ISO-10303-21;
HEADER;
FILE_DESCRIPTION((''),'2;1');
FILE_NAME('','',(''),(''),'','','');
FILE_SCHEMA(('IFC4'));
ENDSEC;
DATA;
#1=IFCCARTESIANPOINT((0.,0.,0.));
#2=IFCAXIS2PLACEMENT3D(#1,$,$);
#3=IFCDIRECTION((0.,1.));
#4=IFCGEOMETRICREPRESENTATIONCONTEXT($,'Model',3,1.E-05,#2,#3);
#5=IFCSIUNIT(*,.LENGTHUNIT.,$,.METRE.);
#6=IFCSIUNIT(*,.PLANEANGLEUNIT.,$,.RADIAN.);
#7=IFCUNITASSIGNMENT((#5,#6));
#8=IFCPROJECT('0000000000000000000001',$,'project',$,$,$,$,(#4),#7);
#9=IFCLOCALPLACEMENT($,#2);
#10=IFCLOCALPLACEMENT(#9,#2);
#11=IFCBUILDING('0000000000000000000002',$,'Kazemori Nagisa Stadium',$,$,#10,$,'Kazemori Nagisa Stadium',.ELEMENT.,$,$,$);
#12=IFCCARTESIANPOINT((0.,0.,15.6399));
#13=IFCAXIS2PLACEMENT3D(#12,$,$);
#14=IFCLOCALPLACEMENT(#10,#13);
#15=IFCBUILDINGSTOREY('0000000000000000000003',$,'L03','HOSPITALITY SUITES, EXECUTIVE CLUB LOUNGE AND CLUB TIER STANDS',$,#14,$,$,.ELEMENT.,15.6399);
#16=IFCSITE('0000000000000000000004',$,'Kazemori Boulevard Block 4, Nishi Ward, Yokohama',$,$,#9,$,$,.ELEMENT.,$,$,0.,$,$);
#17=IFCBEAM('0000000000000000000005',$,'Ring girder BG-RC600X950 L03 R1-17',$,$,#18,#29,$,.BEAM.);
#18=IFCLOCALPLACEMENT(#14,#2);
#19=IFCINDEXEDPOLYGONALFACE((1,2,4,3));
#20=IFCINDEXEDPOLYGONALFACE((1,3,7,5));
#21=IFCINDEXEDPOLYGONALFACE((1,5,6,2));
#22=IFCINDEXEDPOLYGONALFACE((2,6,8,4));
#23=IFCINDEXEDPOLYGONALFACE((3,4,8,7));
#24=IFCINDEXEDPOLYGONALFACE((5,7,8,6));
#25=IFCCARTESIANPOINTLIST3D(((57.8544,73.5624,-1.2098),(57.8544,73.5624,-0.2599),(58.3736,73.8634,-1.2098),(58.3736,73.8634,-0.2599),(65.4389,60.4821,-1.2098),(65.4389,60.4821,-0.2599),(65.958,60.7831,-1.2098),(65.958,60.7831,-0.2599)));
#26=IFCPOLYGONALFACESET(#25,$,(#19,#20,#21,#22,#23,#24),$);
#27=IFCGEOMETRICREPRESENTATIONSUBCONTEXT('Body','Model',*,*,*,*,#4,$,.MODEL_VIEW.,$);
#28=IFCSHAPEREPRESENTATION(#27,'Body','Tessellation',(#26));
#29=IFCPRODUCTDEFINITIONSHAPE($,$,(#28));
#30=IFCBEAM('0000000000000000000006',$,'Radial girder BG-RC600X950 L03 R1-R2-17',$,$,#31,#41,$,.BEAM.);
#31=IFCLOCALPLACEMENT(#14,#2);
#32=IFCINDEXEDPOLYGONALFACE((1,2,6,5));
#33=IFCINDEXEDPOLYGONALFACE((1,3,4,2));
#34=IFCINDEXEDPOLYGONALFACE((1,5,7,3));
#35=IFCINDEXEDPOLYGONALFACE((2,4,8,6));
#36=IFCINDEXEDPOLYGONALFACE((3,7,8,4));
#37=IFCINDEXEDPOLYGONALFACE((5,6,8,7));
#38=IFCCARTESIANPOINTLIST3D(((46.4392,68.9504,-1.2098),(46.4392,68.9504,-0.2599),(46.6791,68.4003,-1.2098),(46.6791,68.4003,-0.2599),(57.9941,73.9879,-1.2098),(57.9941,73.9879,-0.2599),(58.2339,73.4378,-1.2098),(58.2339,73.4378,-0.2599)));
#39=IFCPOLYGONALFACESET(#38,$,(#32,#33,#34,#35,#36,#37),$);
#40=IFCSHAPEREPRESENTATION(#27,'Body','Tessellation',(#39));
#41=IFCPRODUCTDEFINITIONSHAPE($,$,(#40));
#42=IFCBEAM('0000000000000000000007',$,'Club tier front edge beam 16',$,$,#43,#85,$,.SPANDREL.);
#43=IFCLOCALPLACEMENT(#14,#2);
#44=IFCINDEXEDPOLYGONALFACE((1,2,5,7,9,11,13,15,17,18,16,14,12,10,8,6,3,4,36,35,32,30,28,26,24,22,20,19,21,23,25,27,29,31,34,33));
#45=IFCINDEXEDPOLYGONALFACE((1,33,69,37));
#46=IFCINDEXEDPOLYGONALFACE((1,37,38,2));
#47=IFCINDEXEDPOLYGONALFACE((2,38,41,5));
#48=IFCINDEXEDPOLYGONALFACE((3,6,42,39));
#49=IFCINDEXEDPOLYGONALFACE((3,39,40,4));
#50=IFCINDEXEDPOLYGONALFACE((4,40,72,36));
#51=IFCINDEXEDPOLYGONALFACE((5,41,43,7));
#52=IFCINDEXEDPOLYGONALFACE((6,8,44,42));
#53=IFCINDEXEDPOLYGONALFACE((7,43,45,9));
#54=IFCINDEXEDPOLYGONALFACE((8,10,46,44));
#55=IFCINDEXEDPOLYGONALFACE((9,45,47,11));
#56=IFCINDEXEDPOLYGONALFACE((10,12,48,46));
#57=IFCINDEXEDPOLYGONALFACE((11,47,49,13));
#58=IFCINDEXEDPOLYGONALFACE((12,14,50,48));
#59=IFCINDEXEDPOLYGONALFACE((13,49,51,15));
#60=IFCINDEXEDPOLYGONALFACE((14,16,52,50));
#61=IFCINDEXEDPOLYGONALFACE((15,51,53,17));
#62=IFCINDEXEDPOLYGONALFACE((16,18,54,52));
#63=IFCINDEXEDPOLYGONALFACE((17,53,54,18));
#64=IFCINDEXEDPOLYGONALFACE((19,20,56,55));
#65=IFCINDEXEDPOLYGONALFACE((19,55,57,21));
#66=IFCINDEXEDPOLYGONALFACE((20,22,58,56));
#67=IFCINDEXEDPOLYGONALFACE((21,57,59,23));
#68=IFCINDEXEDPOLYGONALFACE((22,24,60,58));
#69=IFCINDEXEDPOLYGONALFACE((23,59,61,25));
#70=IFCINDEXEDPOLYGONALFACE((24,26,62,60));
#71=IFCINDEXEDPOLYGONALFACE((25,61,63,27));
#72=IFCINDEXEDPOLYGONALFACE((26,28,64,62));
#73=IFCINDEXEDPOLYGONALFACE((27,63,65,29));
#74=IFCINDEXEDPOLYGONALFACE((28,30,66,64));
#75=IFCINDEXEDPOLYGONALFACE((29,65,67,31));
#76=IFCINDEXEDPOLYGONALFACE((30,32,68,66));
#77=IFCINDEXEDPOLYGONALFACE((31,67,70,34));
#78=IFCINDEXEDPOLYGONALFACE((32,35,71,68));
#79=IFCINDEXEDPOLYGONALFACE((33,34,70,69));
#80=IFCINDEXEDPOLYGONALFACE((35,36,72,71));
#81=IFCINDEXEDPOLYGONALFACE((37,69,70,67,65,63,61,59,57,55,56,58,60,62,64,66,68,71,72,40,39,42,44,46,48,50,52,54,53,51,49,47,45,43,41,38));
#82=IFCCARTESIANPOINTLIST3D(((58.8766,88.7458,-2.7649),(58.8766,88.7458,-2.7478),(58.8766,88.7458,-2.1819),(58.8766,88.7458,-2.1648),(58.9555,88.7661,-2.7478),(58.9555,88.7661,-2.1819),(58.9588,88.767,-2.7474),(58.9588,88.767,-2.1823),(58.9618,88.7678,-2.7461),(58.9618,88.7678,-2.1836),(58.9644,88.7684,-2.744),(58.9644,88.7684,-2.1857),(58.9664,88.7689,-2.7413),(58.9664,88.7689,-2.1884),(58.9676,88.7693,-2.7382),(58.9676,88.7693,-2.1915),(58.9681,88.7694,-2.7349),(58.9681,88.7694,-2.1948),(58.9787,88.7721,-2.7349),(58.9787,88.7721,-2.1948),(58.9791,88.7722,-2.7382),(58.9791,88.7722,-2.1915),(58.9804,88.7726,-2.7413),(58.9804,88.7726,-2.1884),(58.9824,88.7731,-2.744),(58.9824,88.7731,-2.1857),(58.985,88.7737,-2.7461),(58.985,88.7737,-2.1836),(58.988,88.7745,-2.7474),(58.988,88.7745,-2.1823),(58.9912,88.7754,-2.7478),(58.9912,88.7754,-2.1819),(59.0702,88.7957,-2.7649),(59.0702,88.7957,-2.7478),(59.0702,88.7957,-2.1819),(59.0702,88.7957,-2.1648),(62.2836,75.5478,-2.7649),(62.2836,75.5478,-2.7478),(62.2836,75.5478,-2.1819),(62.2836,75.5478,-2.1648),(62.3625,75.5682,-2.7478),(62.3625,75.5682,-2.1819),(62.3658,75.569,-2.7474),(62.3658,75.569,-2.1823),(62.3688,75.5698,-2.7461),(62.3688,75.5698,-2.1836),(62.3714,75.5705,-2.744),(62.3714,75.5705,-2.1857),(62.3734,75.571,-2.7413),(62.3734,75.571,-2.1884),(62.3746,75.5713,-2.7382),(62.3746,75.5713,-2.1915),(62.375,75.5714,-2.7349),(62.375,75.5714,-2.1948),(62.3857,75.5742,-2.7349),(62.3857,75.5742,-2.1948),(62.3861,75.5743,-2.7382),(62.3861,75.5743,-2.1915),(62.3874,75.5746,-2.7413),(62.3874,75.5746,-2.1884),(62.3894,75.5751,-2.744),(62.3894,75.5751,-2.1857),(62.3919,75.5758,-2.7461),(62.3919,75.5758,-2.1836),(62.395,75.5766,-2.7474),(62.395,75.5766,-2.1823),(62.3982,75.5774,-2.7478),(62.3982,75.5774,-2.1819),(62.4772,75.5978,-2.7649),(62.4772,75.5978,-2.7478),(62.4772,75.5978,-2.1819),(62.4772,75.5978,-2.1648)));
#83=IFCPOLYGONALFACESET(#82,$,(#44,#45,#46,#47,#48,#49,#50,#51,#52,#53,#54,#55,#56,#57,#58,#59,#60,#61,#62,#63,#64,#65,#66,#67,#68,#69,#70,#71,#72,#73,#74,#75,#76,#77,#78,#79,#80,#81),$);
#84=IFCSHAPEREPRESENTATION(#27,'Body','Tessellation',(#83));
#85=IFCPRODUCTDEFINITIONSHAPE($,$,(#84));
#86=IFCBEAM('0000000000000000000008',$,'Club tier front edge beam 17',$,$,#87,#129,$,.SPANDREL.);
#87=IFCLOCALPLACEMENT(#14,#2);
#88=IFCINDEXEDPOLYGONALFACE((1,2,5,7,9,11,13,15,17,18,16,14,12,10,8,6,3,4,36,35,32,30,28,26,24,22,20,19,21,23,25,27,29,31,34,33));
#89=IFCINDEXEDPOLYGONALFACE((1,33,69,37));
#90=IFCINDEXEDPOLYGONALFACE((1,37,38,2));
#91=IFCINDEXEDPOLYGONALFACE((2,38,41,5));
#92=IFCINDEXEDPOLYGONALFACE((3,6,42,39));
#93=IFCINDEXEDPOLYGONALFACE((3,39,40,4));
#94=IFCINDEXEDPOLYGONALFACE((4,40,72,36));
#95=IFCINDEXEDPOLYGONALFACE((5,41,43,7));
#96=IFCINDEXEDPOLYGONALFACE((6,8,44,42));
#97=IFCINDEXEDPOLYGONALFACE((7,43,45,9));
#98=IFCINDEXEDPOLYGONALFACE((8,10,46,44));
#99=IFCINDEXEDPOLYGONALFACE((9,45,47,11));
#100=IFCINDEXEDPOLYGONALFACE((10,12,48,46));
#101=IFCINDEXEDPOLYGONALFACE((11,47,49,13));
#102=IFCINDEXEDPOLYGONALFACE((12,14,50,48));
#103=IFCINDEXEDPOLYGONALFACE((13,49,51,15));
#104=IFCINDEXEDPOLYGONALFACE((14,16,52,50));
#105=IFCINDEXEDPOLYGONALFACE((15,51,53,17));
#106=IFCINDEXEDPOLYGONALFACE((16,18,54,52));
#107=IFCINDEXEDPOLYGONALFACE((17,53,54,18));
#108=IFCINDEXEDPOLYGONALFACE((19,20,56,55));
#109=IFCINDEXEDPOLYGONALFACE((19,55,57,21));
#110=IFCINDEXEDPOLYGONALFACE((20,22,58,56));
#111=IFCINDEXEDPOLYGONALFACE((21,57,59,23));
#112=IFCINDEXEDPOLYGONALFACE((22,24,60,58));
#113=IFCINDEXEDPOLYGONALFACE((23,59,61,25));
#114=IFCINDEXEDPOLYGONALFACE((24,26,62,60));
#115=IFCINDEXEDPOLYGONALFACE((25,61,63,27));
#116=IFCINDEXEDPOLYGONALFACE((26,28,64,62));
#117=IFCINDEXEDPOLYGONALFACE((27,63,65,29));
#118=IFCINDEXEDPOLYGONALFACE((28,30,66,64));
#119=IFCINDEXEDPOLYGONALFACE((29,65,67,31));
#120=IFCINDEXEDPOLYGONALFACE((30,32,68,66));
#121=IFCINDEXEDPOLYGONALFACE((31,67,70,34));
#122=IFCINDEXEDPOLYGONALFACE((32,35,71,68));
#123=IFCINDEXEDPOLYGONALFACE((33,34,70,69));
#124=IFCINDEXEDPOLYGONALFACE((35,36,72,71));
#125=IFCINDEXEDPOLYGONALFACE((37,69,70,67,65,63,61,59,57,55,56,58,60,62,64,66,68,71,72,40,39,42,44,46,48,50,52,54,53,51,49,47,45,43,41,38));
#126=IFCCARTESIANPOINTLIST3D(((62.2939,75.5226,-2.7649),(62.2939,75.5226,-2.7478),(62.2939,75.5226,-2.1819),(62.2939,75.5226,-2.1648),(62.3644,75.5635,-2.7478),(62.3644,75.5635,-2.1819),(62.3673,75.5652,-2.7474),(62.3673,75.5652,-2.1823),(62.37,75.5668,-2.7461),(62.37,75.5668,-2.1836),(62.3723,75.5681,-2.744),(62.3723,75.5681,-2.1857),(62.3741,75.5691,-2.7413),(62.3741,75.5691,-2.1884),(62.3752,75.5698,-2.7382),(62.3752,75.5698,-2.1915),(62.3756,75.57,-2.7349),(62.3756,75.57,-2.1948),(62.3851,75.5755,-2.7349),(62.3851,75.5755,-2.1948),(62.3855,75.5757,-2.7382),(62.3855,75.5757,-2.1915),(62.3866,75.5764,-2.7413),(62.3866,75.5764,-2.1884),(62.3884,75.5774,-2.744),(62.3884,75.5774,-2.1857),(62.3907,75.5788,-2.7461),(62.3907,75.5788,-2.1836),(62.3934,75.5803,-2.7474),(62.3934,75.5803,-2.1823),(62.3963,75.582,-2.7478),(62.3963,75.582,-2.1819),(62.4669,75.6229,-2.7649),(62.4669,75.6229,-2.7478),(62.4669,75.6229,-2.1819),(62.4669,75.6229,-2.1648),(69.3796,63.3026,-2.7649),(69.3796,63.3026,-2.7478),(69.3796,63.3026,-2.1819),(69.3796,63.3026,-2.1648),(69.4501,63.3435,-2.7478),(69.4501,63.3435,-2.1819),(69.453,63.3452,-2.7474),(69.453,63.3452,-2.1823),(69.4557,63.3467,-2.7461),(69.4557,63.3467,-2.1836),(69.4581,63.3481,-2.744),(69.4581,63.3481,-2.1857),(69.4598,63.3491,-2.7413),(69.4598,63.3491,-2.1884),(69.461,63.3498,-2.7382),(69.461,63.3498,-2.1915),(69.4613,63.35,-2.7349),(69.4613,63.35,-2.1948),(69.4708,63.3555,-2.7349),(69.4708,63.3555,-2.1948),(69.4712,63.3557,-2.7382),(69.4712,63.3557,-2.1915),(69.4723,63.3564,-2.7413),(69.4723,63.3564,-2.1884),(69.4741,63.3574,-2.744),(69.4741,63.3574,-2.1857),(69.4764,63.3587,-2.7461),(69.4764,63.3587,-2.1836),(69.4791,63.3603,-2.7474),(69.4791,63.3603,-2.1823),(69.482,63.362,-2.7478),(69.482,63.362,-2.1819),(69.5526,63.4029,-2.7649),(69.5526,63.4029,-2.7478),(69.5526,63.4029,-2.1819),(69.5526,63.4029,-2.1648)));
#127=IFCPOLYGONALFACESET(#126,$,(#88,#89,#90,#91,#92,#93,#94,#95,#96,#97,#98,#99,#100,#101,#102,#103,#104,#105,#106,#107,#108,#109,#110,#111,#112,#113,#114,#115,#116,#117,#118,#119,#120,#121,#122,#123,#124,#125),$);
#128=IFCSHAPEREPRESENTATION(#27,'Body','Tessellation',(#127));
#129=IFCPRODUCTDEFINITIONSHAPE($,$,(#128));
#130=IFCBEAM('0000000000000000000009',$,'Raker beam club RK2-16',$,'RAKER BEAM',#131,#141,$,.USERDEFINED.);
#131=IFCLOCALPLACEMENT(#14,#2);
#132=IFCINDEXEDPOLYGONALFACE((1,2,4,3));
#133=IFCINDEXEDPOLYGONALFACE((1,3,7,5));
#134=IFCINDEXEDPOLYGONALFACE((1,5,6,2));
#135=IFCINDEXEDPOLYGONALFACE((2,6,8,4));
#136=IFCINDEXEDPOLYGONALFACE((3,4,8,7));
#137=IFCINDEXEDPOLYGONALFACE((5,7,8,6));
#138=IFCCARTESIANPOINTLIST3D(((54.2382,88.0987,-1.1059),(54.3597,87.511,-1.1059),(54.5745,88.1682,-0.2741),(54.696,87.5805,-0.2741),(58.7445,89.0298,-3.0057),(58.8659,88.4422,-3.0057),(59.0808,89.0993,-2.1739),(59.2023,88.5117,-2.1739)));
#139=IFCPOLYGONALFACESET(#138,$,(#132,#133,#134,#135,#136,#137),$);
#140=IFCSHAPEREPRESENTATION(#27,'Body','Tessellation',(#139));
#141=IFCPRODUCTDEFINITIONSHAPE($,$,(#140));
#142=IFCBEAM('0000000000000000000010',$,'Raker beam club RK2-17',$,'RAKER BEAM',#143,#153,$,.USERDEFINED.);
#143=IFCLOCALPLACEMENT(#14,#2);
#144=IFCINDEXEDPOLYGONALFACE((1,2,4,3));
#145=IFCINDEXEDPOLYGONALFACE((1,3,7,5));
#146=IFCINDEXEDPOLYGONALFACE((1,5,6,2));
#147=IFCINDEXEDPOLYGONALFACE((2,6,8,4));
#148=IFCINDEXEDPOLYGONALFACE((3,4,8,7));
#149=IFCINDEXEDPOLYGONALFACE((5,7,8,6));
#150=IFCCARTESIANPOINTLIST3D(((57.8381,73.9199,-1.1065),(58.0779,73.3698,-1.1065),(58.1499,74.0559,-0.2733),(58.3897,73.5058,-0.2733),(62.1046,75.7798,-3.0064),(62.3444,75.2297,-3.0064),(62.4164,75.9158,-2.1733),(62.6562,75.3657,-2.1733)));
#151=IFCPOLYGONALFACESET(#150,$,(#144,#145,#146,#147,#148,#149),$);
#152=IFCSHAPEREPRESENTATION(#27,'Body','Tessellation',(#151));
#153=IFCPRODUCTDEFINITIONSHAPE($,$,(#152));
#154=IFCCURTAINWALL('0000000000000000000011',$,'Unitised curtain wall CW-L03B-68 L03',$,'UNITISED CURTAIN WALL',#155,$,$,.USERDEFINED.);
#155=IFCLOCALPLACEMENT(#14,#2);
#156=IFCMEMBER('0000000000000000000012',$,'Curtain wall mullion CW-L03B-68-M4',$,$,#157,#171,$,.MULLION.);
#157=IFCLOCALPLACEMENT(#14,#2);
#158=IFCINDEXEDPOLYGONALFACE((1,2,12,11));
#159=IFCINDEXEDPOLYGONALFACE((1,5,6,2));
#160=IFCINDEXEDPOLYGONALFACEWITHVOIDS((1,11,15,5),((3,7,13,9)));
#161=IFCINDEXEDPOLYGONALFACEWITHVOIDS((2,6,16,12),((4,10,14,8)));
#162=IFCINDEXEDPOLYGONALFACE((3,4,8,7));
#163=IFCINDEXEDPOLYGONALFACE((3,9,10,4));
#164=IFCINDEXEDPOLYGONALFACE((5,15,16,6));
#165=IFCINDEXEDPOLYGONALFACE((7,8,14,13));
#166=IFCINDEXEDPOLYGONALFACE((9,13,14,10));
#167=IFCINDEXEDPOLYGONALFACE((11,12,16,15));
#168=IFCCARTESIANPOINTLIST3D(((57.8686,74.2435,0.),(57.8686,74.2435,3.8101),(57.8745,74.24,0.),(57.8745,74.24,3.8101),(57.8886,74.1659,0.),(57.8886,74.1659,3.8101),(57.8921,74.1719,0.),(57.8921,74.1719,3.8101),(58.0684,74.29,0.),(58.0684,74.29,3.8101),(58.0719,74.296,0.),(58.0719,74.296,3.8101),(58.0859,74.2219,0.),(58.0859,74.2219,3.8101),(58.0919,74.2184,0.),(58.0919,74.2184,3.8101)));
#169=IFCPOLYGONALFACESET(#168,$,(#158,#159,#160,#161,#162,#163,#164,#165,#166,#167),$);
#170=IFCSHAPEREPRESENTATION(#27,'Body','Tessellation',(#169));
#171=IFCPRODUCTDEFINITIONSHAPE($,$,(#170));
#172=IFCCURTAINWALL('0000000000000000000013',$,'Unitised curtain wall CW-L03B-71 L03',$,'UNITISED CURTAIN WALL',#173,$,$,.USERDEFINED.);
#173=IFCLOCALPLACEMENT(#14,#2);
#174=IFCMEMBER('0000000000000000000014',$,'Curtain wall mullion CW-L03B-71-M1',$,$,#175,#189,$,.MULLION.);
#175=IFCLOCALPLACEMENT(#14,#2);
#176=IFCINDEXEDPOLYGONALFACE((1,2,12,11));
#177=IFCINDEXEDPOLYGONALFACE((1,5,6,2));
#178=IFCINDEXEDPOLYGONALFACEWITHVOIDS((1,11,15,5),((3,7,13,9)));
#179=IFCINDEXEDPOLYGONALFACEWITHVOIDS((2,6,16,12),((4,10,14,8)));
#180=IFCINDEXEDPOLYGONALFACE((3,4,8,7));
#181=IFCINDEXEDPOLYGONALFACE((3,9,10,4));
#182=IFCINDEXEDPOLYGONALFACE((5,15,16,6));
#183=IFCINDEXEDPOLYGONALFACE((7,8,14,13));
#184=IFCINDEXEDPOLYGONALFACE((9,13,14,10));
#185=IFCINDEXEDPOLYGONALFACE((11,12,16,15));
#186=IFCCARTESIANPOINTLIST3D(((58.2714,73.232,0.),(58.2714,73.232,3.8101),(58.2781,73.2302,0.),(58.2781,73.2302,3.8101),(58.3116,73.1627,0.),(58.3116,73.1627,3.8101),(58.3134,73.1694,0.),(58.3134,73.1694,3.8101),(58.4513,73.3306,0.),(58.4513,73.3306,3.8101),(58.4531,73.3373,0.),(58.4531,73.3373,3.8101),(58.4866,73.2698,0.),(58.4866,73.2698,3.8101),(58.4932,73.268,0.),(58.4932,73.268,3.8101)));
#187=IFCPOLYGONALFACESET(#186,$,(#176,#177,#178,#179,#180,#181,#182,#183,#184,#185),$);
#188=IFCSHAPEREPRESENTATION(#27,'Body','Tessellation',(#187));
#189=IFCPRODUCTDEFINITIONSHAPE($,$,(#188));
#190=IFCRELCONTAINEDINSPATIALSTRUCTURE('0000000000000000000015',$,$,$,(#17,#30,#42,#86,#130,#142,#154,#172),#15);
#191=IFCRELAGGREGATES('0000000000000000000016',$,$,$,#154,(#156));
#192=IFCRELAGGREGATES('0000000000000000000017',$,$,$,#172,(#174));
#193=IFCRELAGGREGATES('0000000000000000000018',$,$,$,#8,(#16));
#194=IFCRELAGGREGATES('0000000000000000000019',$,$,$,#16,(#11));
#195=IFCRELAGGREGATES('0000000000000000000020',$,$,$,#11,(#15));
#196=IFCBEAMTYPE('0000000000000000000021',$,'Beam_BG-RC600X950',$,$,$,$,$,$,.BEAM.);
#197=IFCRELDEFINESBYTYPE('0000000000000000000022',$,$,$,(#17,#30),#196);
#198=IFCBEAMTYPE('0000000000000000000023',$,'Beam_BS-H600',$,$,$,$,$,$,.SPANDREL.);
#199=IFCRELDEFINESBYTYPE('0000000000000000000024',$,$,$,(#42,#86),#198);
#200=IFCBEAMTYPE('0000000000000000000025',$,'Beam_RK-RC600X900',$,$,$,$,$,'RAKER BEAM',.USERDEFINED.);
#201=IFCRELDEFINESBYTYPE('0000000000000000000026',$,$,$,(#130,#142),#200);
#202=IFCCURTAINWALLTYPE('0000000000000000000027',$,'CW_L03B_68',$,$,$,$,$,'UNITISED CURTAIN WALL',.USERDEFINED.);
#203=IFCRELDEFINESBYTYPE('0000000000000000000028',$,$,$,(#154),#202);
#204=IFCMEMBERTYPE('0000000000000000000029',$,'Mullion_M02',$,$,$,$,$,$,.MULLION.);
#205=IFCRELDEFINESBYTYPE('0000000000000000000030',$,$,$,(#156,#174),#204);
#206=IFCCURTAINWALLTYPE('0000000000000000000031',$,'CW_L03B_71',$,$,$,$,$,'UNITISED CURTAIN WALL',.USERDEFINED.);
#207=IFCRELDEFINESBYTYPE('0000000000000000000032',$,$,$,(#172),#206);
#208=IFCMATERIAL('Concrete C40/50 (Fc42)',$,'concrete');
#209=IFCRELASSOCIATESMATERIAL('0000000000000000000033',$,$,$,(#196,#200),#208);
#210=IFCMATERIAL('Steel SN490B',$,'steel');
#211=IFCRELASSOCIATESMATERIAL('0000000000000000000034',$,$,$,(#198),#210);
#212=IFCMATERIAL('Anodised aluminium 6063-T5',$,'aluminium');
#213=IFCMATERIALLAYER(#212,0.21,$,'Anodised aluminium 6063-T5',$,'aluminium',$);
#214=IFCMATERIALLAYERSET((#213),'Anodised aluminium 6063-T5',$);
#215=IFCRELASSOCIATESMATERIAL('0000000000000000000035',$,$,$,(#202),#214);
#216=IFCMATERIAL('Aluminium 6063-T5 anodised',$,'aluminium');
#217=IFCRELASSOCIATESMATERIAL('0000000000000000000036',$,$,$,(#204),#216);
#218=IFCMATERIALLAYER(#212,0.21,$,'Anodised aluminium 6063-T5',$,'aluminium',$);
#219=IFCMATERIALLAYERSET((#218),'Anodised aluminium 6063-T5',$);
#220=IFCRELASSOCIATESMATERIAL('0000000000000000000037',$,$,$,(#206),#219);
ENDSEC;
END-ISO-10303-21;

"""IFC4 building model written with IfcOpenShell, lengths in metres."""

from ifc_helpers import new_model, si_unit, direction, frame, origin, origin_2d, place, context, subcontext, project, spatial, rectangle, hollow_rectangle, i_section, extrude, material, layer, layer_set, material_profile, profile_set, type_object, element, aggregate, save


model = new_model("IFC4")

# Units and contexts
model_context = context("Model", 3, precision=1e-05, world=origin(), true_north=direction((0.0, 1.0)))
body_context = subcontext(model_context, "Body", "Model", "MODEL_VIEW")
ifc_project = project(units=[si_unit("LENGTHUNIT", "METRE"), si_unit("PLANEANGLEUNIT", "RADIAN")], contexts=[model_context])

# Site, building, storey
site_placement = place(None, origin())
site = spatial("IfcSite", under=ifc_project, at=site_placement, Name="Kazemori Boulevard Block 4, Nishi Ward, Yokohama", CompositionType="ELEMENT", RefElevation=0.0)
building_placement = place(site_placement, origin())
building = spatial("IfcBuilding", under=site, at=building_placement, Name="Kazemori Nagisa Stadium", LongName="Kazemori Nagisa Stadium", CompositionType="ELEMENT")
storey_placement = place(building_placement, frame((0.0, 0.0, 15.6399)))
storey = spatial("IfcBuildingStorey", under=building, at=storey_placement, Name="L03", Description="HOSPITALITY SUITES, EXECUTIVE CLUB LOUNGE AND CLUB TIER STANDS", CompositionType="ELEMENT", Elevation=15.6399)

# Shared definitions
ifc_material_1 = material(Name="Concrete C40/50 (Fc42)", Category="concrete")

# Beams
ifc_material_profile_1 = material_profile(ifc_material_1, rectangle(XDim=0.6001, YDim=0.95, at=origin_2d()), Name="RC-BM-600x950")
ifc_profile_set_1 = profile_set([ifc_material_profile_1], Name="Concrete C40/50 (Fc42)")
beam_type_1 = type_object("IfcBeamType", Name="Beam_BG-RC600X950", PredefinedType="BEAM", material=ifc_profile_set_1)
beam_1_placement = place(storey_placement, frame((58.114, 73.7129, -0.7349), z_axis=(0.501613, -0.865092, 0.0), x_axis=(0.865092, 0.501613, 0.0)))
element("IfcBeam", 1, at=beam_1_placement, inside=storey, type_object=beam_type_1, Name="Ring girder BG-RC600X950 L03 R1-17", PredefinedType="BEAM", context=body_context, shape_type="SweptSolid", body=[
    extrude(rectangle(XDim=0.6001, YDim=0.95, at=origin_2d()), origin(), (0.0, 0.0, 1.0), 15.1201),
])
beam_2_placement = place(storey_placement, frame((58.114, 73.7129, -0.7349), z_axis=(-0.916672, -0.399641, 0.0), x_axis=(0.399641, -0.916672, 0.0)))
element("IfcBeam", 2, at=beam_2_placement, inside=storey, type_object=beam_type_1, Name="Radial girder BG-RC600X950 L03 R1-R2-17", PredefinedType="BEAM", context=body_context, shape_type="SweptSolid", body=[
    extrude(rectangle(XDim=0.6001, YDim=0.95, at=origin_2d()), origin(), (0.0, 0.0, 1.0), 12.6052),
])
ifc_material_2 = material(Name="Steel SN490B", Category="steel")
ifc_material_profile_2 = material_profile(ifc_material_2, i_section(OverallWidth=0.2, OverallDepth=0.6001, WebThickness=0.011, FlangeThickness=0.0171, FilletRadius=0.0129, at=origin_2d()), Name="H-600x200x11x17")
ifc_profile_set_2 = profile_set([ifc_material_profile_2], Name="Steel SN490B")
beam_type_2 = type_object("IfcBeamType", Name="Beam_BS-H600", PredefinedType="SPANDREL", material=ifc_profile_set_2)
beam_3_placement = place(storey_placement, frame((58.9734, 88.7708, -2.4648), z_axis=(0.24995, -0.968259, 0.0), x_axis=(0.968259, 0.24995, 0.0)))
element("IfcBeam", 3, at=beam_3_placement, inside=storey, type_object=beam_type_2, Name="Club tier front edge beam 16", PredefinedType="SPANDREL", context=body_context, shape_type="SweptSolid", body=[
    extrude(i_section(OverallWidth=0.2, OverallDepth=0.6001, WebThickness=0.011, FlangeThickness=0.0171, FilletRadius=0.0129, at=origin_2d()), origin(), (0.0, 0.0, 1.0), 13.6306),
])
beam_4_placement = place(storey_placement, frame((62.3804, 75.5728, -2.4648), z_axis=(0.501618, -0.865089, 0.0), x_axis=(0.865089, 0.501618, 0.0)))
element("IfcBeam", 4, at=beam_4_placement, inside=storey, type_object=beam_type_2, Name="Club tier front edge beam 17", PredefinedType="SPANDREL", context=body_context, shape_type="SweptSolid", body=[
    extrude(i_section(OverallWidth=0.2, OverallDepth=0.6001, WebThickness=0.011, FlangeThickness=0.0171, FilletRadius=0.0129, at=origin_2d()), origin(), (0.0, 0.0, 1.0), 14.1257),
])
ifc_material_profile_3 = material_profile(ifc_material_1, rectangle(XDim=0.6001, YDim=0.8999, at=origin_2d()), Name="RC-RK-600x900")
ifc_profile_set_3 = profile_set([ifc_material_profile_3], Name="Concrete C40/50 (Fc42)")
beam_type_3 = type_object("IfcBeamType", Name="Beam_RK-RC600X900", ElementType="RAKER BEAM", PredefinedType="USERDEFINED", material=ifc_profile_set_3)
beam_5_placement = place(storey_placement, frame((58.9734, 88.7708, -2.5898), z_axis=(-0.905191, -0.187041, 0.381634), x_axis=(0.202356, -0.979312, 0.0)))
element("IfcBeam", 5, at=beam_5_placement, inside=storey, type_object=beam_type_3, Name="Raker beam club RK2-16", ObjectType="RAKER BEAM", PredefinedType="USERDEFINED", context=body_context, shape_type="SweptSolid", body=[
    extrude(rectangle(XDim=0.6001, YDim=0.8999, at=origin_2d()), origin(), (0.0, 0.0, 1.0), 4.9783),
])
beam_6_placement = place(storey_placement, frame((62.3804, 75.5728, -2.5898), z_axis=(-0.848692, -0.369976, 0.377941), x_axis=(0.399616, -0.916683, 0.0)))
element("IfcBeam", 6, at=beam_6_placement, inside=storey, type_object=beam_type_3, Name="Raker beam club RK2-17", ObjectType="RAKER BEAM", PredefinedType="USERDEFINED", context=body_context, shape_type="SweptSolid", body=[
    extrude(rectangle(XDim=0.6001, YDim=0.8999, at=origin_2d()), origin(), (0.0, 0.0, 1.0), 5.0271),
])

# Curtain wall, member
ifc_material_3 = material(Name="Anodised aluminium 6063-T5", Category="aluminium")
ifc_layer_1 = layer(ifc_material_3, 0.21, Name="Anodised aluminium 6063-T5", Category="aluminium")
ifc_layer_set_1 = layer_set([ifc_layer_1], Name="Anodised aluminium 6063-T5")
curtain_wall_type_1 = type_object("IfcCurtainWallType", Name="CW_L03B_68", ElementType="UNITISED CURTAIN WALL", PredefinedType="USERDEFINED", material=ifc_layer_set_1)
curtain_wall_1_placement = place(storey_placement, origin())
curtain_wall_1 = element("IfcCurtainWall", 7, at=curtain_wall_1_placement, inside=storey, type_object=curtain_wall_type_1, Name="Unitised curtain wall CW-L03B-68 L03", ObjectType="UNITISED CURTAIN WALL", PredefinedType="USERDEFINED")
ifc_material_4 = material(Name="Aluminium 6063-T5 anodised", Category="aluminium")
ifc_material_profile_4 = material_profile(ifc_material_4, hollow_rectangle(XDim=0.0801, YDim=0.21, WallThickness=0.0049, at=origin_2d()), Name="ALU-MULL-80x210x5")
ifc_profile_set_4 = profile_set([ifc_material_profile_4], Name="Aluminium 6063-T5 anodised")
member_type_1 = type_object("IfcMemberType", Name="Mullion_M02", PredefinedType="MULLION", material=ifc_profile_set_4)
member_1_placement = place(storey_placement, frame((57.9802, 74.231, 0.0), z_axis=(0.0, 0.0, 1.0), x_axis=(0.249965, -0.968255, 0.0)))
member_1 = element("IfcMember", 8, at=member_1_placement, type_object=member_type_1, Name="Curtain wall mullion CW-L03B-68-M4", PredefinedType="MULLION", context=body_context, shape_type="SweptSolid", body=[
    extrude(hollow_rectangle(XDim=0.0801, YDim=0.21, WallThickness=0.0049, at=origin_2d()), origin(), (0.0, 0.0, 1.0), 3.8101),
])
aggregate(curtain_wall_1, [member_1])

# Curtain wall, member
ifc_layer_2 = layer(ifc_material_3, 0.21, Name="Anodised aluminium 6063-T5", Category="aluminium")
ifc_layer_set_2 = layer_set([ifc_layer_2], Name="Anodised aluminium 6063-T5")
curtain_wall_type_2 = type_object("IfcCurtainWallType", Name="CW_L03B_71", ElementType="UNITISED CURTAIN WALL", PredefinedType="USERDEFINED", material=ifc_layer_set_2)
curtain_wall_2_placement = place(storey_placement, origin())
curtain_wall_2 = element("IfcCurtainWall", 9, at=curtain_wall_2_placement, inside=storey, type_object=curtain_wall_type_2, Name="Unitised curtain wall CW-L03B-71 L03", ObjectType="UNITISED CURTAIN WALL", PredefinedType="USERDEFINED")
member_2_placement = place(storey_placement, frame((58.3823, 73.25, 0.0), z_axis=(0.0, 0.0, 1.0), x_axis=(0.501612, -0.865093, 0.0)))
member_2 = element("IfcMember", 10, at=member_2_placement, type_object=member_type_1, Name="Curtain wall mullion CW-L03B-71-M1", PredefinedType="MULLION", context=body_context, shape_type="SweptSolid", body=[
    extrude(hollow_rectangle(XDim=0.0801, YDim=0.21, WallThickness=0.0049, at=origin_2d()), origin(), (0.0, 0.0, 1.0), 3.8101),
])
aggregate(curtain_wall_2, [member_2])

save(model, "model.ifc")
